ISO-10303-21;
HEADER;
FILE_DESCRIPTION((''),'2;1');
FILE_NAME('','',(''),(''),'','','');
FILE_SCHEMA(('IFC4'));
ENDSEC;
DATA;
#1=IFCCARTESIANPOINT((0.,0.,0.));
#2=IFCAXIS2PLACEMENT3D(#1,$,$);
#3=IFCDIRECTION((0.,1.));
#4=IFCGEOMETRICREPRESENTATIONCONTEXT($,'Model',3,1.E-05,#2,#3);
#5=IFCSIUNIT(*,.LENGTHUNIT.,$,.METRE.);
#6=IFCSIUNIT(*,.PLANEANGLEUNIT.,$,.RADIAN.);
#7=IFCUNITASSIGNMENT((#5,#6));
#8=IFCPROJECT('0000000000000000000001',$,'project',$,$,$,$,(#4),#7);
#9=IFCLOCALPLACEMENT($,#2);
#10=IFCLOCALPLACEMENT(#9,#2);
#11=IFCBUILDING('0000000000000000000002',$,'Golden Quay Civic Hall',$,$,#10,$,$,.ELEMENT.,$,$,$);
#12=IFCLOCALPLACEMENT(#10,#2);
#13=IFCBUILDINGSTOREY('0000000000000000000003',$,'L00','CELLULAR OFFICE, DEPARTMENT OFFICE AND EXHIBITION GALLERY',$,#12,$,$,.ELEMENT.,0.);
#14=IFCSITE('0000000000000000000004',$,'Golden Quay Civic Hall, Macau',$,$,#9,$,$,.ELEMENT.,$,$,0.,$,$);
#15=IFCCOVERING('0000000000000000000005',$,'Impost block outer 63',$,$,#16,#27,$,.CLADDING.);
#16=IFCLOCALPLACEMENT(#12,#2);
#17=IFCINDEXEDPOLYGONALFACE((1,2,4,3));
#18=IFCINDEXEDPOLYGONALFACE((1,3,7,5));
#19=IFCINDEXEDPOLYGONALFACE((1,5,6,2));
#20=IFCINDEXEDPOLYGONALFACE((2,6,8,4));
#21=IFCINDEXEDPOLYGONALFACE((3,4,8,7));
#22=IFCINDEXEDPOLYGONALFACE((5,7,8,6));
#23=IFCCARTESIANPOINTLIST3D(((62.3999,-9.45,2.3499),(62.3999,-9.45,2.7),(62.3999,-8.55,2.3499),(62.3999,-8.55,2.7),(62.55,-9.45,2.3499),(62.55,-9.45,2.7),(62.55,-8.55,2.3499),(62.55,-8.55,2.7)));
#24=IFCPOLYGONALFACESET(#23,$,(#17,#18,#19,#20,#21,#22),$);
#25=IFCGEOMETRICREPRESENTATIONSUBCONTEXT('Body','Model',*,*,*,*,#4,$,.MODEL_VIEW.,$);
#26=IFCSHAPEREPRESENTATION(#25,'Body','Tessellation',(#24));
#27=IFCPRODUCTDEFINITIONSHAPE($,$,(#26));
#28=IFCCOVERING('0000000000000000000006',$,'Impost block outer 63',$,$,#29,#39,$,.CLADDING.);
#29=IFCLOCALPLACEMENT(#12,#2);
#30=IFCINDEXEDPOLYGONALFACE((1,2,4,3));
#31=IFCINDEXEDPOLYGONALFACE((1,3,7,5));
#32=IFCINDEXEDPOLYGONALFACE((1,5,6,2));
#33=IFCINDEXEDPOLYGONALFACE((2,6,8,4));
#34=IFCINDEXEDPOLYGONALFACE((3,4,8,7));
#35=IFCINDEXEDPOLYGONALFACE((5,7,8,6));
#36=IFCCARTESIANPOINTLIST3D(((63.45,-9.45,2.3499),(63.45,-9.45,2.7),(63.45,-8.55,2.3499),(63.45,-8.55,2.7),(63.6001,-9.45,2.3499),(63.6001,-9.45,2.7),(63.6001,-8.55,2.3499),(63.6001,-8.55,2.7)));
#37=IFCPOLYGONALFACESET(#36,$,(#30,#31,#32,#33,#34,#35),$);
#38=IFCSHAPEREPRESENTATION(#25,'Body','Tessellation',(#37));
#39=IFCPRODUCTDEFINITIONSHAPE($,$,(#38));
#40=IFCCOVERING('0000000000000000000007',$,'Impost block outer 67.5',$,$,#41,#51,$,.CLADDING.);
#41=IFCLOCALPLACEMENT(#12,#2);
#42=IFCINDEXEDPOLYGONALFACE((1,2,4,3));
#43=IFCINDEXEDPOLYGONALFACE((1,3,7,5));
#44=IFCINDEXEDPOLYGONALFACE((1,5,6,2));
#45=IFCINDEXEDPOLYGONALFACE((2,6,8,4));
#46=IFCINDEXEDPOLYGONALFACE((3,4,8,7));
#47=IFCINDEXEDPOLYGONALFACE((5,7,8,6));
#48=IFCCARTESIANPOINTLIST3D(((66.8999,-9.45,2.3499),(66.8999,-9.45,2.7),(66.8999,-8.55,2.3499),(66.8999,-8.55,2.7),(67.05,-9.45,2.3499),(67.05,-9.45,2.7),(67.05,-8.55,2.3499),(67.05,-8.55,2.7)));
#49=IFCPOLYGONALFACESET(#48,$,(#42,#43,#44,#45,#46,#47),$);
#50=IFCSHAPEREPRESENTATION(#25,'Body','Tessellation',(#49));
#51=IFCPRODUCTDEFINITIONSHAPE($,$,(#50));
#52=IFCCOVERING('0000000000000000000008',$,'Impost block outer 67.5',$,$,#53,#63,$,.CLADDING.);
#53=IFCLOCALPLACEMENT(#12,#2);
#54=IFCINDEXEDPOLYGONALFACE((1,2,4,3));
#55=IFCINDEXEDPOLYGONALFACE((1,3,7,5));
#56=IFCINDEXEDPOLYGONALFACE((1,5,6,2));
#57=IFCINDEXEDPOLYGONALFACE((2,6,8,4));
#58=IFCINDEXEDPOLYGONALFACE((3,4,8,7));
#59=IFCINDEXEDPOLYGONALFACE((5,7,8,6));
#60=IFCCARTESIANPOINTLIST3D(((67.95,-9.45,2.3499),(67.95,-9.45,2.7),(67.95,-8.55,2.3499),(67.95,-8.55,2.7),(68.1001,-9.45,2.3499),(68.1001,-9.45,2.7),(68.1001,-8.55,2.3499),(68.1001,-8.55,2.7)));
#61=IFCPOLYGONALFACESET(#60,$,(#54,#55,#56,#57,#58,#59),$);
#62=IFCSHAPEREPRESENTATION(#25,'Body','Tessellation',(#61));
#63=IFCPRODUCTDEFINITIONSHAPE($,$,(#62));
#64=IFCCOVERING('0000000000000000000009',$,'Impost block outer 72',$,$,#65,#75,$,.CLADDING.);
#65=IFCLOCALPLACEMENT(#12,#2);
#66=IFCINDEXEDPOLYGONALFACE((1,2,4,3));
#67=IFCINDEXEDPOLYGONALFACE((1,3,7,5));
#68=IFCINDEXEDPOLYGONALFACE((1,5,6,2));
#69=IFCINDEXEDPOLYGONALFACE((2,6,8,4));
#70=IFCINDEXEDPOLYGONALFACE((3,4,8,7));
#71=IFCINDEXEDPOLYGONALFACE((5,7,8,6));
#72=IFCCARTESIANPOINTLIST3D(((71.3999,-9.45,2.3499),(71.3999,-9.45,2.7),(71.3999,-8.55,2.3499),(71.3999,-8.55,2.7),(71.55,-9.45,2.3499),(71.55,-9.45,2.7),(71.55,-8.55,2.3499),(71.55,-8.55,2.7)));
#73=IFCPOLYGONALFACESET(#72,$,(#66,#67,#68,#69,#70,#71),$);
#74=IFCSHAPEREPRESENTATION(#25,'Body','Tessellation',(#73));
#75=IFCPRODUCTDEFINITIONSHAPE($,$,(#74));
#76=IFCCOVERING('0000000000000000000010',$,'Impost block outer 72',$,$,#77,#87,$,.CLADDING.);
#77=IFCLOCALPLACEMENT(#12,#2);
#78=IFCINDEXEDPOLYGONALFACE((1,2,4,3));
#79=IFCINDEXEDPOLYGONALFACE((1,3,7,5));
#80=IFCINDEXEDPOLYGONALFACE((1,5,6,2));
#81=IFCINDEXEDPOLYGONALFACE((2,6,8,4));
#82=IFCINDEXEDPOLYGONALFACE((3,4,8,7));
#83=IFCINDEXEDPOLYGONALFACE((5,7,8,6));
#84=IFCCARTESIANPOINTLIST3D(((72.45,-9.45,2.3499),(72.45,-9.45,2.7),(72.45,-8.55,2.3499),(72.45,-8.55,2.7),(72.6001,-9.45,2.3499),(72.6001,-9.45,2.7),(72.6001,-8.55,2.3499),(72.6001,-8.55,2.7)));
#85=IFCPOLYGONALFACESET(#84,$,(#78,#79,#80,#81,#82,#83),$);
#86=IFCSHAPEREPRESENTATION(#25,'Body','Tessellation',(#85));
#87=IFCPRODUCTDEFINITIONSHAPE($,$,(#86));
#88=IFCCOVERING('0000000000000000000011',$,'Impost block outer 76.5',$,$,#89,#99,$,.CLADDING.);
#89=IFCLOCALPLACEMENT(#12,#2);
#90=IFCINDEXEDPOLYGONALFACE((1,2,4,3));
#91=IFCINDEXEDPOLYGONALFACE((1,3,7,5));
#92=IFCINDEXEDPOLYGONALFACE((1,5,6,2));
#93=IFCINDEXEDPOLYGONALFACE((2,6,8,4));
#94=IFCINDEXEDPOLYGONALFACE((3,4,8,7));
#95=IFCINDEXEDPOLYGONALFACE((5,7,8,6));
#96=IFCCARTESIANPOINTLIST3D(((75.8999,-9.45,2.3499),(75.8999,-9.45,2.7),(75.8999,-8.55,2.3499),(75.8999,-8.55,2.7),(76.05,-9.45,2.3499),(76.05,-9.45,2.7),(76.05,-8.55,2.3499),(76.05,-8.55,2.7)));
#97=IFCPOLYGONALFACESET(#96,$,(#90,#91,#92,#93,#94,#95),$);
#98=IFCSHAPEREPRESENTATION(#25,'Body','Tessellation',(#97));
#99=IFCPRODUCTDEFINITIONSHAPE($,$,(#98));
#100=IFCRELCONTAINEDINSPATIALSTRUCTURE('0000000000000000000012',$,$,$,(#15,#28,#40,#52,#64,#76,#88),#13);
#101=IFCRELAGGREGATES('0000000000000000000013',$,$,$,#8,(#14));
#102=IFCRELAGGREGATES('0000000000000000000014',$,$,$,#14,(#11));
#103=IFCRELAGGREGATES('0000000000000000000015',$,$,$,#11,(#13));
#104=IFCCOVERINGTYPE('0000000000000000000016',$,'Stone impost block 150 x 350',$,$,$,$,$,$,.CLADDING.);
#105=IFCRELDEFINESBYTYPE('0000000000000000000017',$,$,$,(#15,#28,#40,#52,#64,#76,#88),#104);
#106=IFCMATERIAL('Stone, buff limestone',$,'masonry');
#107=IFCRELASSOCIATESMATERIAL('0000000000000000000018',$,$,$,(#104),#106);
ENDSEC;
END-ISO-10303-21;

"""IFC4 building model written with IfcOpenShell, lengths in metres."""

from ifc_helpers import new_model, si_unit, direction, frame, origin, origin_2d, place, context, subcontext, project, spatial, rectangle, extrude, material, material_profile, profile_set, type_object, element, save


model = new_model("IFC4")

# Units and contexts
model_context = context("Model", 3, precision=1e-05, world=origin(), true_north=direction((0.0, 1.0)))
body_context = subcontext(model_context, "Body", "Model", "MODEL_VIEW")
ifc_project = project(units=[si_unit("LENGTHUNIT", "METRE"), si_unit("PLANEANGLEUNIT", "RADIAN")], contexts=[model_context])

# Site, building, storey
site_placement = place(None, origin())
site = spatial("IfcSite", under=ifc_project, at=site_placement, Name="Golden Quay Civic Hall, Macau", CompositionType="ELEMENT", RefElevation=0.0)
building_placement = place(site_placement, origin())
building = spatial("IfcBuilding", under=site, at=building_placement, Name="Golden Quay Civic Hall", CompositionType="ELEMENT")
storey_placement = place(building_placement, origin())
storey = spatial("IfcBuildingStorey", under=building, at=storey_placement, Name="L00", Description="CELLULAR OFFICE, DEPARTMENT OFFICE AND EXHIBITION GALLERY", CompositionType="ELEMENT", Elevation=0.0)

# Coverings
ifc_material_1 = material(Name="Stone, buff limestone", Category="masonry")
ifc_material_profile_1 = material_profile(ifc_material_1, rectangle(XDim=0.8999, YDim=0.3501, at=origin_2d()), Name="RC 900x350")
ifc_profile_set_1 = profile_set([ifc_material_profile_1], Name="Stone, buff limestone")
covering_type_1 = type_object("IfcCoveringType", Name="Stone impost block 150 x 350", PredefinedType="CLADDING", material=ifc_profile_set_1)
for number, where, z_axis, x_axis, name in (
    (1, (62.55, -9.0, 2.5249), (-1.0, 0.0, 0.0), (0.0, -1.0, 0.0), "Impost block outer 63"),
    (2, (63.45, -9.0, 2.5249), (1.0, 0.0, 0.0), (0.0, 1.0, 0.0), "Impost block outer 63"),
    (3, (67.05, -9.0, 2.5249), (-1.0, 0.0, 0.0), (0.0, -1.0, 0.0), "Impost block outer 67.5"),
    (4, (67.95, -9.0, 2.5249), (1.0, 0.0, 0.0), (0.0, 1.0, 0.0), "Impost block outer 67.5"),
    (5, (71.55, -9.0, 2.5249), (-1.0, 0.0, 0.0), (0.0, -1.0, 0.0), "Impost block outer 72"),
    (6, (72.45, -9.0, 2.5249), (1.0, 0.0, 0.0), (0.0, 1.0, 0.0), "Impost block outer 72"),
    (7, (76.05, -9.0, 2.5249), (-1.0, 0.0, 0.0), (0.0, -1.0, 0.0), "Impost block outer 76.5"),
):
    element("IfcCovering", number, at=place(storey_placement, frame(where, z_axis=z_axis, x_axis=x_axis)), inside=storey, type_object=covering_type_1, Name=name, PredefinedType="CLADDING", context=body_context, shape_type="SweptSolid", body=[
        extrude(rectangle(XDim=0.8999, YDim=0.3501, at=origin_2d()), origin(), (0.0, 0.0, 1.0), 0.1501),
    ])

save(model, "model.ifc")
